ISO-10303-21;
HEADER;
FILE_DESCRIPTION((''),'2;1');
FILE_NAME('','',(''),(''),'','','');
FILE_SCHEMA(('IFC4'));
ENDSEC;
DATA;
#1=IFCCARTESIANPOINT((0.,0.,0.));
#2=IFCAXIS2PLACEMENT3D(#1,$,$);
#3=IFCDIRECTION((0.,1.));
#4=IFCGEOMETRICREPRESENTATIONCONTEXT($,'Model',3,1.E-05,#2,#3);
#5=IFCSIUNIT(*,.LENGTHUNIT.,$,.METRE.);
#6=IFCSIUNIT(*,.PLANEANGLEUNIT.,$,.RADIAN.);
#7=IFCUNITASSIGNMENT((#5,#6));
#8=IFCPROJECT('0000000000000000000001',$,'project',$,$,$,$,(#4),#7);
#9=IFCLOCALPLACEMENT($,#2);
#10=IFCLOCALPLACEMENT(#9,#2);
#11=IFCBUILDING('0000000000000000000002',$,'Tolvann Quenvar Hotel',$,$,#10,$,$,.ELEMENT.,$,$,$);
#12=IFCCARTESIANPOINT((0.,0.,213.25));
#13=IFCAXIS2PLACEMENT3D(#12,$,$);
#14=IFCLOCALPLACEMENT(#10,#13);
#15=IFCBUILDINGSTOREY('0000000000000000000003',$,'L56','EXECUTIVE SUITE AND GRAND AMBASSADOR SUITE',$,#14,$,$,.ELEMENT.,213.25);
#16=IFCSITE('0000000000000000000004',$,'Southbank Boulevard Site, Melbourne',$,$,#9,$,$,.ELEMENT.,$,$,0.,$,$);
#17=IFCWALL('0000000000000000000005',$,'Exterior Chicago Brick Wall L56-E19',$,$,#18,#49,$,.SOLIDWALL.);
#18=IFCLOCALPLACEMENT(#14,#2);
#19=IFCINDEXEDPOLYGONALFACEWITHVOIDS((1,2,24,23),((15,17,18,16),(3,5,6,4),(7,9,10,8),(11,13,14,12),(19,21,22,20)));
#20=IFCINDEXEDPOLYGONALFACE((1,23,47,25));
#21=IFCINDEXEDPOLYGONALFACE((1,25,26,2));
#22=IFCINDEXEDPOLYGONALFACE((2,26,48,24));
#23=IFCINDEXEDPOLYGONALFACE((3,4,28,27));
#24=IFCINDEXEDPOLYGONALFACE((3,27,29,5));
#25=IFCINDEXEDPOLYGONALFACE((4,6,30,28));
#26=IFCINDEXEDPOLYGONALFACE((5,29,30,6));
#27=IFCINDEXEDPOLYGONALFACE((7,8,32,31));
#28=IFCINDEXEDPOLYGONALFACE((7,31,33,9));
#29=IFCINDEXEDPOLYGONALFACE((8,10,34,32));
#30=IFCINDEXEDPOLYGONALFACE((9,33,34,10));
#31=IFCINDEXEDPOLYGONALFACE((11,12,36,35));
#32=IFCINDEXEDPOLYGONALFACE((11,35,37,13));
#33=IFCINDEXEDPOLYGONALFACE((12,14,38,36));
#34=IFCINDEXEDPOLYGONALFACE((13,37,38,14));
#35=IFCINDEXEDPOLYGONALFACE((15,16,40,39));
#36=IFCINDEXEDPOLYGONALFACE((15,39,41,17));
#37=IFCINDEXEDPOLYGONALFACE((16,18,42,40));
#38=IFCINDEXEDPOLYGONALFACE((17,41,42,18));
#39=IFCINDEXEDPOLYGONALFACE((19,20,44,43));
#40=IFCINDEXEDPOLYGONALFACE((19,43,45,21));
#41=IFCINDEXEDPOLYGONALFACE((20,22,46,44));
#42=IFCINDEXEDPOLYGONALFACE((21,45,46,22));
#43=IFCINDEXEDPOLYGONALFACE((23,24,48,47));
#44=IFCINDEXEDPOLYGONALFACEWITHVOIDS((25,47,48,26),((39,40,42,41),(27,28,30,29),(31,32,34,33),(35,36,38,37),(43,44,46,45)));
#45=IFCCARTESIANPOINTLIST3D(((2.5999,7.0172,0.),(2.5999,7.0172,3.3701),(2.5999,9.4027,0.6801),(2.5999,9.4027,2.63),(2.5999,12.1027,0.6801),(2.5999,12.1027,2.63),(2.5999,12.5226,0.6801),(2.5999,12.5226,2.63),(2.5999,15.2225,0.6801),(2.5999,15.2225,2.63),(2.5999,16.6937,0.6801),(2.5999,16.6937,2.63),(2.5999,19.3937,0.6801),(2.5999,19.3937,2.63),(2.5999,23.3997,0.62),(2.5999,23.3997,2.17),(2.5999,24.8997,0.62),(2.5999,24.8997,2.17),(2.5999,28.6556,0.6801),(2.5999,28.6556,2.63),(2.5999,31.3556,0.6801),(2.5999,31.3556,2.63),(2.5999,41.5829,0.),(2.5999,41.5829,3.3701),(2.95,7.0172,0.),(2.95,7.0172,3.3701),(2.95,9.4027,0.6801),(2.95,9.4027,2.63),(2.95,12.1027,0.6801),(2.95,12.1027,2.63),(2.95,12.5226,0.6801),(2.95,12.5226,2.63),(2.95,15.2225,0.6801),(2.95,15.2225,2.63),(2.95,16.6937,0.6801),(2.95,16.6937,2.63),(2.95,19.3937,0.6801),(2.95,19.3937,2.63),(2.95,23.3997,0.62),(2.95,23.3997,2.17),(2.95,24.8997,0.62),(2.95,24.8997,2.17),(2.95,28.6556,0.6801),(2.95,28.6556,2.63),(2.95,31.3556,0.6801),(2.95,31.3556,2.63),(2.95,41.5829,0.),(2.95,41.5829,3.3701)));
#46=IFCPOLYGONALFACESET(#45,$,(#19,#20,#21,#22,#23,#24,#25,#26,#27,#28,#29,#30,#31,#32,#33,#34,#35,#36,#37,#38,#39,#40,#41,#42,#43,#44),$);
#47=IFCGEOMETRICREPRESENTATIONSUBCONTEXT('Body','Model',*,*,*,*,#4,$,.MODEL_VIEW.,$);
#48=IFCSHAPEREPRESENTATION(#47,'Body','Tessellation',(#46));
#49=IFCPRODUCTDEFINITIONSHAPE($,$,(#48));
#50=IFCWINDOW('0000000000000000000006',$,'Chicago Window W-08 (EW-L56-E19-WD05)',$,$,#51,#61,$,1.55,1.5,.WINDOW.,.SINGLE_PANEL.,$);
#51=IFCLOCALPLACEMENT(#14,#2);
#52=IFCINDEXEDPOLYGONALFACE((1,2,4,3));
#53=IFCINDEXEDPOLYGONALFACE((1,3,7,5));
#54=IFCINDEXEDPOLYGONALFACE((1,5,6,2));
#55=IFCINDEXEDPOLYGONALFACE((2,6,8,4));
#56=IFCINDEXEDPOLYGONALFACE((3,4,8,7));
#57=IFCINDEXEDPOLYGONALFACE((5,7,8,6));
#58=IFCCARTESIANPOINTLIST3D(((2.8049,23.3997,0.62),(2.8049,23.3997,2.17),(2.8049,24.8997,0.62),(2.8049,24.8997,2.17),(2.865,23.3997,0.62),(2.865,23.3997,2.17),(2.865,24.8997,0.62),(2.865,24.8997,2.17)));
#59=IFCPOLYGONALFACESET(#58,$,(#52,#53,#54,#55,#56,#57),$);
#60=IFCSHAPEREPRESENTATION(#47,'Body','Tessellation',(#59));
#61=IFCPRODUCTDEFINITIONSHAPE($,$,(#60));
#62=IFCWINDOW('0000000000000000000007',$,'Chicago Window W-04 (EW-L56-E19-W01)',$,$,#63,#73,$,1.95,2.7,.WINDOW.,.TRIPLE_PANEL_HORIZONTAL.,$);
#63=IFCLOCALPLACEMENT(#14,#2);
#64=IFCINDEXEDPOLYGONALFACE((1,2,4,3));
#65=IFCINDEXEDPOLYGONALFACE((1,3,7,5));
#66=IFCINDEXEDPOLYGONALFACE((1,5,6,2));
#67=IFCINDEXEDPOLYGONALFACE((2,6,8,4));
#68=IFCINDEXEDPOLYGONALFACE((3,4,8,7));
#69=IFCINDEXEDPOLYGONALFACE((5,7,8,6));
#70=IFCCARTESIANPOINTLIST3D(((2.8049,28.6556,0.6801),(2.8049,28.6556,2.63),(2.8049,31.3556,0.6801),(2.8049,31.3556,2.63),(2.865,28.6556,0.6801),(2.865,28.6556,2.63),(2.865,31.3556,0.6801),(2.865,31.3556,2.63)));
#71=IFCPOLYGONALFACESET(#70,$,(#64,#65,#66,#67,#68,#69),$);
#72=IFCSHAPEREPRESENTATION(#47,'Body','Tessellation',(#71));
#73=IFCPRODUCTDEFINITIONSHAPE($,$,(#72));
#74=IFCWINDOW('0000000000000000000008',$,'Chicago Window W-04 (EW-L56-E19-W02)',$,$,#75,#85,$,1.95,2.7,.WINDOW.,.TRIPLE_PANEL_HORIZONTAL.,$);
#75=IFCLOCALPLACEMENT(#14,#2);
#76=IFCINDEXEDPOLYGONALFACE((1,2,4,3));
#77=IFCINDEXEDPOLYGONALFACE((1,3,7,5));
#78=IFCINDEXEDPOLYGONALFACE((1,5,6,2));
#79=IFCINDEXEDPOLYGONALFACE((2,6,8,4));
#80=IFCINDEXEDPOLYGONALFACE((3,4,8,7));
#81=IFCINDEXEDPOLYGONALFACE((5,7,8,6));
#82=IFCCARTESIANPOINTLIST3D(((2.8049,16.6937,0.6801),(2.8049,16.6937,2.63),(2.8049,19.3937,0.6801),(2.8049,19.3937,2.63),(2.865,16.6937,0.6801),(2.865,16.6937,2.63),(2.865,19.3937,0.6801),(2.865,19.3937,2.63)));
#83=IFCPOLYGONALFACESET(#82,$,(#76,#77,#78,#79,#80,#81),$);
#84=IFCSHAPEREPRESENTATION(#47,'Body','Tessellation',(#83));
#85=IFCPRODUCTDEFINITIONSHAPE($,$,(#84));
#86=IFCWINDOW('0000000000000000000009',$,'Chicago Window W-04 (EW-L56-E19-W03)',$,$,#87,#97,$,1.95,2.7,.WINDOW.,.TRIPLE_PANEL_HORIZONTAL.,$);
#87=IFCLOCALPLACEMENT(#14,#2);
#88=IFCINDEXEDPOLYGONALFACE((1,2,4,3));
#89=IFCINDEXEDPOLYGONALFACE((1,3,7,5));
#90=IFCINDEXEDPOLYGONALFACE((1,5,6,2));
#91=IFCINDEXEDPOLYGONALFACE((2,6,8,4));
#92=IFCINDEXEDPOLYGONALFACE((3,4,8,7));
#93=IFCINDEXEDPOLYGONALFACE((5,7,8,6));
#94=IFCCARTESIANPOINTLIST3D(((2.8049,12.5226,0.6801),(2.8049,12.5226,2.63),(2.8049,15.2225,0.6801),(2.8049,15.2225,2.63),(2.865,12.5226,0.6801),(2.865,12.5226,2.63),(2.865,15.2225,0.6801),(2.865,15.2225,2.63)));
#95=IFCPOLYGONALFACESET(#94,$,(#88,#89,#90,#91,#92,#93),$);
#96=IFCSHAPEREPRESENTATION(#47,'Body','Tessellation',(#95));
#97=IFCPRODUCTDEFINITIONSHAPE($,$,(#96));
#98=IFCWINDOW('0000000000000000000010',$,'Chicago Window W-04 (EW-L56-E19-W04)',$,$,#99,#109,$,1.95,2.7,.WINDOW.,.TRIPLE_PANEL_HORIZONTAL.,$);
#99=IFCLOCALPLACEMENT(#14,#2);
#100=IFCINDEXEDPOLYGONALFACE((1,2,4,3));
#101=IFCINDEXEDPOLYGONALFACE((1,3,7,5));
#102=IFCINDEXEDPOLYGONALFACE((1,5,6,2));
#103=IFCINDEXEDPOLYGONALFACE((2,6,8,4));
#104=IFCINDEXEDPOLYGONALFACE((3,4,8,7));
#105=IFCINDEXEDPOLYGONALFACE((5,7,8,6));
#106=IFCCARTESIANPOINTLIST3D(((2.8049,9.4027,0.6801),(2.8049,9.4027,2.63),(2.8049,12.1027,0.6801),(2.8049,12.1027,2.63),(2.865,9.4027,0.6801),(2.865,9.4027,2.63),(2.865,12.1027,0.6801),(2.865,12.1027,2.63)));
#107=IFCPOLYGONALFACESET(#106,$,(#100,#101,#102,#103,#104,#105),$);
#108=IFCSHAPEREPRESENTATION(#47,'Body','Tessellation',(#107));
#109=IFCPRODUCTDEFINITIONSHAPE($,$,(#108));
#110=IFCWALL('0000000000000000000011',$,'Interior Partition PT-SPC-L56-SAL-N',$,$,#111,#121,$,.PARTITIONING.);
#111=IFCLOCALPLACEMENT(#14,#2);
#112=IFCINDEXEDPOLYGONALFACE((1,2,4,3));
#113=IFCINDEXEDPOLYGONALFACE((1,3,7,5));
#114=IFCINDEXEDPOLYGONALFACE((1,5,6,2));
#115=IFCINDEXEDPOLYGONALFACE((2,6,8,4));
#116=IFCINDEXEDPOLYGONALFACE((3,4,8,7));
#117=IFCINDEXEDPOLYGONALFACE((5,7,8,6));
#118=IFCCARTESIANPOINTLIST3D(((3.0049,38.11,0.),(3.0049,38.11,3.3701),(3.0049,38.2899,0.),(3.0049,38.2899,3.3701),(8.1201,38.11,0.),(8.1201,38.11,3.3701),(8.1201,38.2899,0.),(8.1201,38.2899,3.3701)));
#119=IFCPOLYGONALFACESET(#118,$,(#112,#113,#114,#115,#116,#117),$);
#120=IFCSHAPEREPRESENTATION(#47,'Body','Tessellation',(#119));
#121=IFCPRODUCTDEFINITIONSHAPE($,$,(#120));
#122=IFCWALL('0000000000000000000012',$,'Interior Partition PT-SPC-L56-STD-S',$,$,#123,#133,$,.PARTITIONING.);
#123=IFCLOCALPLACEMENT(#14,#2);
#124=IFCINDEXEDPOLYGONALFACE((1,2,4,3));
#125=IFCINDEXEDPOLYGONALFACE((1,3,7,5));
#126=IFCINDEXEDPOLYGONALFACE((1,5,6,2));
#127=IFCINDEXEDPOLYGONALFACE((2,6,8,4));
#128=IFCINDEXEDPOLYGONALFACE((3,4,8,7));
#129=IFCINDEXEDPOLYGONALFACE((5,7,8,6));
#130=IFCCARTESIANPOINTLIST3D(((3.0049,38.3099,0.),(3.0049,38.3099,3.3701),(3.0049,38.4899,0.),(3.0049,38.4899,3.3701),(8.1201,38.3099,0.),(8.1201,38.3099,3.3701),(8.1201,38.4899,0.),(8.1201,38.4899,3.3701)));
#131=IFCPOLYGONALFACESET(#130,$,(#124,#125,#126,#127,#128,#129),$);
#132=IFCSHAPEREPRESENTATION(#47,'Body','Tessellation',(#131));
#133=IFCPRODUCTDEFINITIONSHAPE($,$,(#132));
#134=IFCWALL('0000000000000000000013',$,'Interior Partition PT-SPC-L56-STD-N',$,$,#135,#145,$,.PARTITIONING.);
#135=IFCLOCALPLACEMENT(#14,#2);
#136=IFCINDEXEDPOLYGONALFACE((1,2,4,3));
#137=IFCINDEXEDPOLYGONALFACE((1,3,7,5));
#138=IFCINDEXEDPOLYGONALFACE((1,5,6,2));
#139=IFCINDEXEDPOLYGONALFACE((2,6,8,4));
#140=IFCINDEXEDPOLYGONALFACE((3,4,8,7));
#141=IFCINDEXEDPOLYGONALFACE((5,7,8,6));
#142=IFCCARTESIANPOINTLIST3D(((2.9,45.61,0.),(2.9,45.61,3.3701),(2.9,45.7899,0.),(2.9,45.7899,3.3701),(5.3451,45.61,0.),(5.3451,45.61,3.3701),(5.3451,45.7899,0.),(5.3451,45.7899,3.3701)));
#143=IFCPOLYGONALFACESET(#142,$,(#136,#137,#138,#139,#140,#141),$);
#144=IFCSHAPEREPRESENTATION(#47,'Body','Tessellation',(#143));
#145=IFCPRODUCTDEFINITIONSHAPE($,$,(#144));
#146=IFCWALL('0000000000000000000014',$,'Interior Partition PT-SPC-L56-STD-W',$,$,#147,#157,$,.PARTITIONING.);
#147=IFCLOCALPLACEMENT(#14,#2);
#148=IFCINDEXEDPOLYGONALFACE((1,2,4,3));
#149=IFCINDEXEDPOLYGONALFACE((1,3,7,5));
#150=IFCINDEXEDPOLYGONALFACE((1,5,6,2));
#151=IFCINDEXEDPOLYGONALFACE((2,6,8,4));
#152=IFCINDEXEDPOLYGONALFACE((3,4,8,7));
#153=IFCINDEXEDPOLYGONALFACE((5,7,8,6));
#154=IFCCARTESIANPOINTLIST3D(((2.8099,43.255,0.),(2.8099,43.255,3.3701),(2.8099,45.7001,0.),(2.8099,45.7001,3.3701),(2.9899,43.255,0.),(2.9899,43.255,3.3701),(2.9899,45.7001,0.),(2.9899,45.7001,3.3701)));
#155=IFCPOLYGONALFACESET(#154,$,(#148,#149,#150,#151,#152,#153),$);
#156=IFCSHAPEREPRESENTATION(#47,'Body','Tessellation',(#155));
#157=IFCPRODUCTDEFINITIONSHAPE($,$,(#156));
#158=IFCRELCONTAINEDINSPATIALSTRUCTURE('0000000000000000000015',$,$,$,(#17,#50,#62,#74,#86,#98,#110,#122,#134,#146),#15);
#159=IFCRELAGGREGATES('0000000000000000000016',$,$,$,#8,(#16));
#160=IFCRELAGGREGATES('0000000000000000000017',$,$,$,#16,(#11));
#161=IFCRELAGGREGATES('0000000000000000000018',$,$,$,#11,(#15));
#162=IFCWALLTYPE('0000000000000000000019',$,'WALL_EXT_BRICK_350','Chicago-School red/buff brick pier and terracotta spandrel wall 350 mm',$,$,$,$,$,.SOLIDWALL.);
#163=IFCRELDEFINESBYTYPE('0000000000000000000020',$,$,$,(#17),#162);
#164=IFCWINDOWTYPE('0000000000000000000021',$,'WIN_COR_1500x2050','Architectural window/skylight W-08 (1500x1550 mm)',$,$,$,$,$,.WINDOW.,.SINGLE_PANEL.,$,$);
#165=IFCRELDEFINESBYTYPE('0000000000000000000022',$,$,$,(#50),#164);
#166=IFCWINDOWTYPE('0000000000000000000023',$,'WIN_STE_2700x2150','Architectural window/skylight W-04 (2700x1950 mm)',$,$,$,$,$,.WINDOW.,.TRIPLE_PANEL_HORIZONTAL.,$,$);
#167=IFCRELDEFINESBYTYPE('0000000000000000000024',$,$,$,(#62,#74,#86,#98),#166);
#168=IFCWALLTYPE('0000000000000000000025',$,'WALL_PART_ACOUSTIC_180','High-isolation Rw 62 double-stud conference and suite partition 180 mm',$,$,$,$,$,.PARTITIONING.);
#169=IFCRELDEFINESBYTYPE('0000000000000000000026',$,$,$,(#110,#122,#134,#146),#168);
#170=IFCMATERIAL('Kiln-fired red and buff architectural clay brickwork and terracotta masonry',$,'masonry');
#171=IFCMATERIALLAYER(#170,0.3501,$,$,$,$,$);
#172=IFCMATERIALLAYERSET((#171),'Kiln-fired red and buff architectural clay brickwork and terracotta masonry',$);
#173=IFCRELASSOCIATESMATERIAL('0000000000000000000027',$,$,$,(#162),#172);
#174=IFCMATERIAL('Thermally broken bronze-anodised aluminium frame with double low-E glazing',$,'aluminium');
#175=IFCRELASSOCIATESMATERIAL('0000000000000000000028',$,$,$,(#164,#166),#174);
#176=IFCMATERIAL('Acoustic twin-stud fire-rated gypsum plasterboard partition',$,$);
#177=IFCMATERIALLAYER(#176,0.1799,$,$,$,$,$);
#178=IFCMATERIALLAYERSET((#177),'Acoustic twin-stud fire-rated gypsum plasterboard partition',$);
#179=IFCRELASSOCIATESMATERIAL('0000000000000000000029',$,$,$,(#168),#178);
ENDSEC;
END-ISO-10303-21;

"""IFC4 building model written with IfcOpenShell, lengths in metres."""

from ifc_helpers import new_model, si_unit, direction, frame, frame_2d, origin, place, context, subcontext, project, spatial, rectangle, extrude, source, transform, mapped, material, layer, layer_set, type_object, type_shapes, element, fill, save


model = new_model("IFC4")

# Units and contexts
model_context = context("Model", 3, precision=1e-05, world=origin(), true_north=direction((0.0, 1.0)))
body_context = subcontext(model_context, "Body", "Model", "MODEL_VIEW")
ifc_project = project(units=[si_unit("LENGTHUNIT", "METRE"), si_unit("PLANEANGLEUNIT", "RADIAN")], contexts=[model_context])

# Site, building, storey
site_placement = place(None, origin())
site = spatial("IfcSite", under=ifc_project, at=site_placement, Name="Southbank Boulevard Site, Melbourne", CompositionType="ELEMENT", RefElevation=0.0)
building_placement = place(site_placement, origin())
building = spatial("IfcBuilding", under=site, at=building_placement, Name="Tolvann Quenvar Hotel", CompositionType="ELEMENT")
storey_placement = place(building_placement, frame((0.0, 0.0, 213.25)))
storey = spatial("IfcBuildingStorey", under=building, at=storey_placement, Name="L56", Description="EXECUTIVE SUITE AND GRAND AMBASSADOR SUITE", CompositionType="ELEMENT", Elevation=213.25)

# Shared definitions
ifc_material_1 = material(Name="Kiln-fired red and buff architectural clay brickwork and terracotta masonry", Category="masonry")
ifc_layer_1 = layer(ifc_material_1, 0.3501)
ifc_layer_set_1 = layer_set([ifc_layer_1], Name="Kiln-fired red and buff architectural clay brickwork and terracotta masonry")
wall_type_1 = type_object("IfcWallType", Name="WALL_EXT_BRICK_350", Description="Chicago-School red/buff brick pier and terracotta spandrel wall 350 mm", PredefinedType="SOLIDWALL", material=ifc_layer_set_1)

# Wall, openings, windows
wall_1_placement = place(storey_placement, frame((2.7749, 41.5828, 0.0), z_axis=(0.0, 0.0, 1.0), x_axis=(0.0, -1.0, 0.0)))
wall_1 = element("IfcWall", 1, at=wall_1_placement, inside=storey, type_object=wall_type_1, Name="Exterior Chicago Brick Wall L56-E19", PredefinedType="SOLIDWALL", context=body_context, shape_type="SweptSolid", body=[
    extrude(rectangle(XDim=34.5657, YDim=0.3501, at=frame_2d((17.2827, 0.0))), origin(), (0.0, 0.0, 1.0), 3.3701),
])
opening_1_placement = place(wall_1_placement, frame((10.2271, 0.0, 0.6799)))
opening_1 = element("IfcOpeningElement", 2, at=opening_1_placement, cuts=wall_1, PredefinedType="OPENING", context=body_context, shape_type="SweptSolid", body=[
    extrude(rectangle(XDim=2.7, YDim=1.95, at=frame_2d((1.3501, 0.9751))), frame((0.0, 0.1851, 0.0), z_axis=(0.0, -1.0, 0.0), x_axis=(1.0, 0.0, 0.0)), (0.0, 0.0, 1.0), 0.3701),
])
opening_2_placement = place(wall_1_placement, frame((22.189, 0.0, 0.6799)))
opening_2 = element("IfcOpeningElement", 3, at=opening_2_placement, cuts=wall_1, PredefinedType="OPENING", context=body_context, shape_type="SweptSolid", body=[
    extrude(rectangle(XDim=2.7, YDim=1.95, at=frame_2d((1.3501, 0.9751))), frame((0.0, 0.1851, 0.0), z_axis=(0.0, -1.0, 0.0), x_axis=(1.0, 0.0, 0.0)), (0.0, 0.0, 1.0), 0.3701),
])
opening_3_placement = place(wall_1_placement, frame((26.3601, 0.0, 0.6799)))
opening_3 = element("IfcOpeningElement", 4, at=opening_3_placement, cuts=wall_1, PredefinedType="OPENING", context=body_context, shape_type="SweptSolid", body=[
    extrude(rectangle(XDim=2.7, YDim=1.95, at=frame_2d((1.3501, 0.9751))), frame((0.0, 0.1851, 0.0), z_axis=(0.0, -1.0, 0.0), x_axis=(1.0, 0.0, 0.0)), (0.0, 0.0, 1.0), 0.3701),
])
opening_4_placement = place(wall_1_placement, frame((29.48, 0.0, 0.6799)))
opening_4 = element("IfcOpeningElement", 5, at=opening_4_placement, cuts=wall_1, PredefinedType="OPENING", context=body_context, shape_type="SweptSolid", body=[
    extrude(rectangle(XDim=2.7, YDim=1.95, at=frame_2d((1.3501, 0.9751))), frame((0.0, 0.1851, 0.0), z_axis=(0.0, -1.0, 0.0), x_axis=(1.0, 0.0, 0.0)), (0.0, 0.0, 1.0), 0.3701),
])
opening_5_placement = place(wall_1_placement, frame((16.6831, 0.0, 0.6201)))
opening_5 = element("IfcOpeningElement", 6, at=opening_5_placement, cuts=wall_1, PredefinedType="OPENING", context=body_context, shape_type="SweptSolid", body=[
    extrude(rectangle(XDim=1.5, YDim=1.55, at=frame_2d((0.75, 0.7749))), frame((0.0, 0.1851, 0.0), z_axis=(0.0, -1.0, 0.0), x_axis=(1.0, 0.0, 0.0)), (0.0, 0.0, 1.0), 0.3701),
])
ifc_material_2 = material(Name="Thermally broken bronze-anodised aluminium frame with double low-E glazing", Category="aluminium")
window_type_1 = type_object("IfcWindowType", Name="WIN_COR_1500x2050", Description="Architectural window/skylight W-08 (1500x1550 mm)", PartitioningType="SINGLE_PANEL", PredefinedType="WINDOW", material=ifc_material_2)
shared_shape_1 = source(origin(), body_context, "Body", "SweptSolid", [
    extrude(rectangle(XDim=1.5, YDim=1.55, at=frame_2d((0.75, 0.7749))), frame((0.0, 0.0901, 0.0), z_axis=(0.0, -1.0, 0.0), x_axis=(1.0, 0.0, 0.0)), (0.0, 0.0, 1.0), 0.0601),
])
type_shapes(window_type_1, [shared_shape_1])
window_1_placement = place(opening_5_placement, origin())
window_1 = element("IfcWindow", 7, at=window_1_placement, inside=storey, type_object=window_type_1, Name="Chicago Window W-08 (EW-L56-E19-WD05)", OverallHeight=1.55, OverallWidth=1.5, PartitioningType="SINGLE_PANEL", PredefinedType="WINDOW", context=body_context, shape_type="MappedRepresentation", body=[
    mapped(shared_shape_1, transform((0.0, 0.0, 0.0), x_axis=(1.0, 0.0, 0.0), y_axis=(0.0, 1.0, 0.0), z_axis=(0.0, 0.0, 1.0), scale=1.0)),
])
fill(opening_5, window_1)
window_type_2 = type_object("IfcWindowType", Name="WIN_STE_2700x2150", Description="Architectural window/skylight W-04 (2700x1950 mm)", PartitioningType="TRIPLE_PANEL_HORIZONTAL", PredefinedType="WINDOW", material=ifc_material_2)
shared_shape_2 = source(origin(), body_context, "Body", "SweptSolid", [
    extrude(rectangle(XDim=2.7, YDim=1.95, at=frame_2d((1.3501, 0.9751))), frame((0.0, 0.0901, 0.0), z_axis=(0.0, -1.0, 0.0), x_axis=(1.0, 0.0, 0.0)), (0.0, 0.0, 1.0), 0.0601),
])
type_shapes(window_type_2, [shared_shape_2])
window_2_placement = place(opening_1_placement, origin())
window_2 = element("IfcWindow", 8, at=window_2_placement, inside=storey, type_object=window_type_2, Name="Chicago Window W-04 (EW-L56-E19-W01)", OverallHeight=1.95, OverallWidth=2.7, PartitioningType="TRIPLE_PANEL_HORIZONTAL", PredefinedType="WINDOW", context=body_context, shape_type="MappedRepresentation", body=[
    mapped(shared_shape_2, transform((0.0, 0.0, 0.0), x_axis=(1.0, 0.0, 0.0), y_axis=(0.0, 1.0, 0.0), z_axis=(0.0, 0.0, 1.0), scale=1.0)),
])
fill(opening_1, window_2)
window_3_placement = place(opening_2_placement, origin())
window_3 = element("IfcWindow", 9, at=window_3_placement, inside=storey, type_object=window_type_2, Name="Chicago Window W-04 (EW-L56-E19-W02)", OverallHeight=1.95, OverallWidth=2.7, PartitioningType="TRIPLE_PANEL_HORIZONTAL", PredefinedType="WINDOW", context=body_context, shape_type="MappedRepresentation", body=[
    mapped(shared_shape_2, transform((0.0, 0.0, 0.0), x_axis=(1.0, 0.0, 0.0), y_axis=(0.0, 1.0, 0.0), z_axis=(0.0, 0.0, 1.0), scale=1.0)),
])
fill(opening_2, window_3)
window_4_placement = place(opening_3_placement, origin())
window_4 = element("IfcWindow", 10, at=window_4_placement, inside=storey, type_object=window_type_2, Name="Chicago Window W-04 (EW-L56-E19-W03)", OverallHeight=1.95, OverallWidth=2.7, PartitioningType="TRIPLE_PANEL_HORIZONTAL", PredefinedType="WINDOW", context=body_context, shape_type="MappedRepresentation", body=[
    mapped(shared_shape_2, transform((0.0, 0.0, 0.0), x_axis=(1.0, 0.0, 0.0), y_axis=(0.0, 1.0, 0.0), z_axis=(0.0, 0.0, 1.0), scale=1.0)),
])
fill(opening_3, window_4)
window_5_placement = place(opening_4_placement, origin())
window_5 = element("IfcWindow", 11, at=window_5_placement, inside=storey, type_object=window_type_2, Name="Chicago Window W-04 (EW-L56-E19-W04)", OverallHeight=1.95, OverallWidth=2.7, PartitioningType="TRIPLE_PANEL_HORIZONTAL", PredefinedType="WINDOW", context=body_context, shape_type="MappedRepresentation", body=[
    mapped(shared_shape_2, transform((0.0, 0.0, 0.0), x_axis=(1.0, 0.0, 0.0), y_axis=(0.0, 1.0, 0.0), z_axis=(0.0, 0.0, 1.0), scale=1.0)),
])
fill(opening_4, window_5)

# Walls
ifc_material_3 = material(Name="Acoustic twin-stud fire-rated gypsum plasterboard partition")
ifc_layer_2 = layer(ifc_material_3, 0.1799)
ifc_layer_set_2 = layer_set([ifc_layer_2], Name="Acoustic twin-stud fire-rated gypsum plasterboard partition")
wall_type_2 = type_object("IfcWallType", Name="WALL_PART_ACOUSTIC_180", Description="High-isolation Rw 62 double-stud conference and suite partition 180 mm", PredefinedType="PARTITIONING", material=ifc_layer_set_2)
for number, where, z_axis, x_axis, name in (
    (12, (3.0049, 38.2, 0.0), (0.0, 0.0, 1.0), (1.0, 0.0, 0.0), "Interior Partition PT-SPC-L56-SAL-N"),
    (13, (3.0049, 38.3999, 0.0), (0.0, 0.0, 1.0), (1.0, 0.0, 0.0), "Interior Partition PT-SPC-L56-STD-S"),
):
    element("IfcWall", number, at=place(storey_placement, frame(where, z_axis=z_axis, x_axis=x_axis)), inside=storey, type_object=wall_type_2, Name=name, PredefinedType="PARTITIONING", context=body_context, shape_type="SweptSolid", body=[
        extrude(rectangle(XDim=5.1152, YDim=0.1799, at=frame_2d((2.5576, 0.0))), origin(), (0.0, 0.0, 1.0), 3.3701),
    ])
for number, where, z_axis, x_axis, name in (
    (14, (2.8999, 45.7, 0.0), (0.0, 0.0, 1.0), (1.0, 0.0, 0.0), "Interior Partition PT-SPC-L56-STD-N"),
    (15, (2.8999, 43.2549, 0.0), (0.0, 0.0, 1.0), (0.0, 1.0, 0.0), "Interior Partition PT-SPC-L56-STD-W"),
):
    element("IfcWall", number, at=place(storey_placement, frame(where, z_axis=z_axis, x_axis=x_axis)), inside=storey, type_object=wall_type_2, Name=name, PredefinedType="PARTITIONING", context=body_context, shape_type="SweptSolid", body=[
        extrude(rectangle(XDim=2.4451, YDim=0.1799, at=frame_2d((1.2227, 0.0))), origin(), (0.0, 0.0, 1.0), 3.3701),
    ])

save(model, "model.ifc")
